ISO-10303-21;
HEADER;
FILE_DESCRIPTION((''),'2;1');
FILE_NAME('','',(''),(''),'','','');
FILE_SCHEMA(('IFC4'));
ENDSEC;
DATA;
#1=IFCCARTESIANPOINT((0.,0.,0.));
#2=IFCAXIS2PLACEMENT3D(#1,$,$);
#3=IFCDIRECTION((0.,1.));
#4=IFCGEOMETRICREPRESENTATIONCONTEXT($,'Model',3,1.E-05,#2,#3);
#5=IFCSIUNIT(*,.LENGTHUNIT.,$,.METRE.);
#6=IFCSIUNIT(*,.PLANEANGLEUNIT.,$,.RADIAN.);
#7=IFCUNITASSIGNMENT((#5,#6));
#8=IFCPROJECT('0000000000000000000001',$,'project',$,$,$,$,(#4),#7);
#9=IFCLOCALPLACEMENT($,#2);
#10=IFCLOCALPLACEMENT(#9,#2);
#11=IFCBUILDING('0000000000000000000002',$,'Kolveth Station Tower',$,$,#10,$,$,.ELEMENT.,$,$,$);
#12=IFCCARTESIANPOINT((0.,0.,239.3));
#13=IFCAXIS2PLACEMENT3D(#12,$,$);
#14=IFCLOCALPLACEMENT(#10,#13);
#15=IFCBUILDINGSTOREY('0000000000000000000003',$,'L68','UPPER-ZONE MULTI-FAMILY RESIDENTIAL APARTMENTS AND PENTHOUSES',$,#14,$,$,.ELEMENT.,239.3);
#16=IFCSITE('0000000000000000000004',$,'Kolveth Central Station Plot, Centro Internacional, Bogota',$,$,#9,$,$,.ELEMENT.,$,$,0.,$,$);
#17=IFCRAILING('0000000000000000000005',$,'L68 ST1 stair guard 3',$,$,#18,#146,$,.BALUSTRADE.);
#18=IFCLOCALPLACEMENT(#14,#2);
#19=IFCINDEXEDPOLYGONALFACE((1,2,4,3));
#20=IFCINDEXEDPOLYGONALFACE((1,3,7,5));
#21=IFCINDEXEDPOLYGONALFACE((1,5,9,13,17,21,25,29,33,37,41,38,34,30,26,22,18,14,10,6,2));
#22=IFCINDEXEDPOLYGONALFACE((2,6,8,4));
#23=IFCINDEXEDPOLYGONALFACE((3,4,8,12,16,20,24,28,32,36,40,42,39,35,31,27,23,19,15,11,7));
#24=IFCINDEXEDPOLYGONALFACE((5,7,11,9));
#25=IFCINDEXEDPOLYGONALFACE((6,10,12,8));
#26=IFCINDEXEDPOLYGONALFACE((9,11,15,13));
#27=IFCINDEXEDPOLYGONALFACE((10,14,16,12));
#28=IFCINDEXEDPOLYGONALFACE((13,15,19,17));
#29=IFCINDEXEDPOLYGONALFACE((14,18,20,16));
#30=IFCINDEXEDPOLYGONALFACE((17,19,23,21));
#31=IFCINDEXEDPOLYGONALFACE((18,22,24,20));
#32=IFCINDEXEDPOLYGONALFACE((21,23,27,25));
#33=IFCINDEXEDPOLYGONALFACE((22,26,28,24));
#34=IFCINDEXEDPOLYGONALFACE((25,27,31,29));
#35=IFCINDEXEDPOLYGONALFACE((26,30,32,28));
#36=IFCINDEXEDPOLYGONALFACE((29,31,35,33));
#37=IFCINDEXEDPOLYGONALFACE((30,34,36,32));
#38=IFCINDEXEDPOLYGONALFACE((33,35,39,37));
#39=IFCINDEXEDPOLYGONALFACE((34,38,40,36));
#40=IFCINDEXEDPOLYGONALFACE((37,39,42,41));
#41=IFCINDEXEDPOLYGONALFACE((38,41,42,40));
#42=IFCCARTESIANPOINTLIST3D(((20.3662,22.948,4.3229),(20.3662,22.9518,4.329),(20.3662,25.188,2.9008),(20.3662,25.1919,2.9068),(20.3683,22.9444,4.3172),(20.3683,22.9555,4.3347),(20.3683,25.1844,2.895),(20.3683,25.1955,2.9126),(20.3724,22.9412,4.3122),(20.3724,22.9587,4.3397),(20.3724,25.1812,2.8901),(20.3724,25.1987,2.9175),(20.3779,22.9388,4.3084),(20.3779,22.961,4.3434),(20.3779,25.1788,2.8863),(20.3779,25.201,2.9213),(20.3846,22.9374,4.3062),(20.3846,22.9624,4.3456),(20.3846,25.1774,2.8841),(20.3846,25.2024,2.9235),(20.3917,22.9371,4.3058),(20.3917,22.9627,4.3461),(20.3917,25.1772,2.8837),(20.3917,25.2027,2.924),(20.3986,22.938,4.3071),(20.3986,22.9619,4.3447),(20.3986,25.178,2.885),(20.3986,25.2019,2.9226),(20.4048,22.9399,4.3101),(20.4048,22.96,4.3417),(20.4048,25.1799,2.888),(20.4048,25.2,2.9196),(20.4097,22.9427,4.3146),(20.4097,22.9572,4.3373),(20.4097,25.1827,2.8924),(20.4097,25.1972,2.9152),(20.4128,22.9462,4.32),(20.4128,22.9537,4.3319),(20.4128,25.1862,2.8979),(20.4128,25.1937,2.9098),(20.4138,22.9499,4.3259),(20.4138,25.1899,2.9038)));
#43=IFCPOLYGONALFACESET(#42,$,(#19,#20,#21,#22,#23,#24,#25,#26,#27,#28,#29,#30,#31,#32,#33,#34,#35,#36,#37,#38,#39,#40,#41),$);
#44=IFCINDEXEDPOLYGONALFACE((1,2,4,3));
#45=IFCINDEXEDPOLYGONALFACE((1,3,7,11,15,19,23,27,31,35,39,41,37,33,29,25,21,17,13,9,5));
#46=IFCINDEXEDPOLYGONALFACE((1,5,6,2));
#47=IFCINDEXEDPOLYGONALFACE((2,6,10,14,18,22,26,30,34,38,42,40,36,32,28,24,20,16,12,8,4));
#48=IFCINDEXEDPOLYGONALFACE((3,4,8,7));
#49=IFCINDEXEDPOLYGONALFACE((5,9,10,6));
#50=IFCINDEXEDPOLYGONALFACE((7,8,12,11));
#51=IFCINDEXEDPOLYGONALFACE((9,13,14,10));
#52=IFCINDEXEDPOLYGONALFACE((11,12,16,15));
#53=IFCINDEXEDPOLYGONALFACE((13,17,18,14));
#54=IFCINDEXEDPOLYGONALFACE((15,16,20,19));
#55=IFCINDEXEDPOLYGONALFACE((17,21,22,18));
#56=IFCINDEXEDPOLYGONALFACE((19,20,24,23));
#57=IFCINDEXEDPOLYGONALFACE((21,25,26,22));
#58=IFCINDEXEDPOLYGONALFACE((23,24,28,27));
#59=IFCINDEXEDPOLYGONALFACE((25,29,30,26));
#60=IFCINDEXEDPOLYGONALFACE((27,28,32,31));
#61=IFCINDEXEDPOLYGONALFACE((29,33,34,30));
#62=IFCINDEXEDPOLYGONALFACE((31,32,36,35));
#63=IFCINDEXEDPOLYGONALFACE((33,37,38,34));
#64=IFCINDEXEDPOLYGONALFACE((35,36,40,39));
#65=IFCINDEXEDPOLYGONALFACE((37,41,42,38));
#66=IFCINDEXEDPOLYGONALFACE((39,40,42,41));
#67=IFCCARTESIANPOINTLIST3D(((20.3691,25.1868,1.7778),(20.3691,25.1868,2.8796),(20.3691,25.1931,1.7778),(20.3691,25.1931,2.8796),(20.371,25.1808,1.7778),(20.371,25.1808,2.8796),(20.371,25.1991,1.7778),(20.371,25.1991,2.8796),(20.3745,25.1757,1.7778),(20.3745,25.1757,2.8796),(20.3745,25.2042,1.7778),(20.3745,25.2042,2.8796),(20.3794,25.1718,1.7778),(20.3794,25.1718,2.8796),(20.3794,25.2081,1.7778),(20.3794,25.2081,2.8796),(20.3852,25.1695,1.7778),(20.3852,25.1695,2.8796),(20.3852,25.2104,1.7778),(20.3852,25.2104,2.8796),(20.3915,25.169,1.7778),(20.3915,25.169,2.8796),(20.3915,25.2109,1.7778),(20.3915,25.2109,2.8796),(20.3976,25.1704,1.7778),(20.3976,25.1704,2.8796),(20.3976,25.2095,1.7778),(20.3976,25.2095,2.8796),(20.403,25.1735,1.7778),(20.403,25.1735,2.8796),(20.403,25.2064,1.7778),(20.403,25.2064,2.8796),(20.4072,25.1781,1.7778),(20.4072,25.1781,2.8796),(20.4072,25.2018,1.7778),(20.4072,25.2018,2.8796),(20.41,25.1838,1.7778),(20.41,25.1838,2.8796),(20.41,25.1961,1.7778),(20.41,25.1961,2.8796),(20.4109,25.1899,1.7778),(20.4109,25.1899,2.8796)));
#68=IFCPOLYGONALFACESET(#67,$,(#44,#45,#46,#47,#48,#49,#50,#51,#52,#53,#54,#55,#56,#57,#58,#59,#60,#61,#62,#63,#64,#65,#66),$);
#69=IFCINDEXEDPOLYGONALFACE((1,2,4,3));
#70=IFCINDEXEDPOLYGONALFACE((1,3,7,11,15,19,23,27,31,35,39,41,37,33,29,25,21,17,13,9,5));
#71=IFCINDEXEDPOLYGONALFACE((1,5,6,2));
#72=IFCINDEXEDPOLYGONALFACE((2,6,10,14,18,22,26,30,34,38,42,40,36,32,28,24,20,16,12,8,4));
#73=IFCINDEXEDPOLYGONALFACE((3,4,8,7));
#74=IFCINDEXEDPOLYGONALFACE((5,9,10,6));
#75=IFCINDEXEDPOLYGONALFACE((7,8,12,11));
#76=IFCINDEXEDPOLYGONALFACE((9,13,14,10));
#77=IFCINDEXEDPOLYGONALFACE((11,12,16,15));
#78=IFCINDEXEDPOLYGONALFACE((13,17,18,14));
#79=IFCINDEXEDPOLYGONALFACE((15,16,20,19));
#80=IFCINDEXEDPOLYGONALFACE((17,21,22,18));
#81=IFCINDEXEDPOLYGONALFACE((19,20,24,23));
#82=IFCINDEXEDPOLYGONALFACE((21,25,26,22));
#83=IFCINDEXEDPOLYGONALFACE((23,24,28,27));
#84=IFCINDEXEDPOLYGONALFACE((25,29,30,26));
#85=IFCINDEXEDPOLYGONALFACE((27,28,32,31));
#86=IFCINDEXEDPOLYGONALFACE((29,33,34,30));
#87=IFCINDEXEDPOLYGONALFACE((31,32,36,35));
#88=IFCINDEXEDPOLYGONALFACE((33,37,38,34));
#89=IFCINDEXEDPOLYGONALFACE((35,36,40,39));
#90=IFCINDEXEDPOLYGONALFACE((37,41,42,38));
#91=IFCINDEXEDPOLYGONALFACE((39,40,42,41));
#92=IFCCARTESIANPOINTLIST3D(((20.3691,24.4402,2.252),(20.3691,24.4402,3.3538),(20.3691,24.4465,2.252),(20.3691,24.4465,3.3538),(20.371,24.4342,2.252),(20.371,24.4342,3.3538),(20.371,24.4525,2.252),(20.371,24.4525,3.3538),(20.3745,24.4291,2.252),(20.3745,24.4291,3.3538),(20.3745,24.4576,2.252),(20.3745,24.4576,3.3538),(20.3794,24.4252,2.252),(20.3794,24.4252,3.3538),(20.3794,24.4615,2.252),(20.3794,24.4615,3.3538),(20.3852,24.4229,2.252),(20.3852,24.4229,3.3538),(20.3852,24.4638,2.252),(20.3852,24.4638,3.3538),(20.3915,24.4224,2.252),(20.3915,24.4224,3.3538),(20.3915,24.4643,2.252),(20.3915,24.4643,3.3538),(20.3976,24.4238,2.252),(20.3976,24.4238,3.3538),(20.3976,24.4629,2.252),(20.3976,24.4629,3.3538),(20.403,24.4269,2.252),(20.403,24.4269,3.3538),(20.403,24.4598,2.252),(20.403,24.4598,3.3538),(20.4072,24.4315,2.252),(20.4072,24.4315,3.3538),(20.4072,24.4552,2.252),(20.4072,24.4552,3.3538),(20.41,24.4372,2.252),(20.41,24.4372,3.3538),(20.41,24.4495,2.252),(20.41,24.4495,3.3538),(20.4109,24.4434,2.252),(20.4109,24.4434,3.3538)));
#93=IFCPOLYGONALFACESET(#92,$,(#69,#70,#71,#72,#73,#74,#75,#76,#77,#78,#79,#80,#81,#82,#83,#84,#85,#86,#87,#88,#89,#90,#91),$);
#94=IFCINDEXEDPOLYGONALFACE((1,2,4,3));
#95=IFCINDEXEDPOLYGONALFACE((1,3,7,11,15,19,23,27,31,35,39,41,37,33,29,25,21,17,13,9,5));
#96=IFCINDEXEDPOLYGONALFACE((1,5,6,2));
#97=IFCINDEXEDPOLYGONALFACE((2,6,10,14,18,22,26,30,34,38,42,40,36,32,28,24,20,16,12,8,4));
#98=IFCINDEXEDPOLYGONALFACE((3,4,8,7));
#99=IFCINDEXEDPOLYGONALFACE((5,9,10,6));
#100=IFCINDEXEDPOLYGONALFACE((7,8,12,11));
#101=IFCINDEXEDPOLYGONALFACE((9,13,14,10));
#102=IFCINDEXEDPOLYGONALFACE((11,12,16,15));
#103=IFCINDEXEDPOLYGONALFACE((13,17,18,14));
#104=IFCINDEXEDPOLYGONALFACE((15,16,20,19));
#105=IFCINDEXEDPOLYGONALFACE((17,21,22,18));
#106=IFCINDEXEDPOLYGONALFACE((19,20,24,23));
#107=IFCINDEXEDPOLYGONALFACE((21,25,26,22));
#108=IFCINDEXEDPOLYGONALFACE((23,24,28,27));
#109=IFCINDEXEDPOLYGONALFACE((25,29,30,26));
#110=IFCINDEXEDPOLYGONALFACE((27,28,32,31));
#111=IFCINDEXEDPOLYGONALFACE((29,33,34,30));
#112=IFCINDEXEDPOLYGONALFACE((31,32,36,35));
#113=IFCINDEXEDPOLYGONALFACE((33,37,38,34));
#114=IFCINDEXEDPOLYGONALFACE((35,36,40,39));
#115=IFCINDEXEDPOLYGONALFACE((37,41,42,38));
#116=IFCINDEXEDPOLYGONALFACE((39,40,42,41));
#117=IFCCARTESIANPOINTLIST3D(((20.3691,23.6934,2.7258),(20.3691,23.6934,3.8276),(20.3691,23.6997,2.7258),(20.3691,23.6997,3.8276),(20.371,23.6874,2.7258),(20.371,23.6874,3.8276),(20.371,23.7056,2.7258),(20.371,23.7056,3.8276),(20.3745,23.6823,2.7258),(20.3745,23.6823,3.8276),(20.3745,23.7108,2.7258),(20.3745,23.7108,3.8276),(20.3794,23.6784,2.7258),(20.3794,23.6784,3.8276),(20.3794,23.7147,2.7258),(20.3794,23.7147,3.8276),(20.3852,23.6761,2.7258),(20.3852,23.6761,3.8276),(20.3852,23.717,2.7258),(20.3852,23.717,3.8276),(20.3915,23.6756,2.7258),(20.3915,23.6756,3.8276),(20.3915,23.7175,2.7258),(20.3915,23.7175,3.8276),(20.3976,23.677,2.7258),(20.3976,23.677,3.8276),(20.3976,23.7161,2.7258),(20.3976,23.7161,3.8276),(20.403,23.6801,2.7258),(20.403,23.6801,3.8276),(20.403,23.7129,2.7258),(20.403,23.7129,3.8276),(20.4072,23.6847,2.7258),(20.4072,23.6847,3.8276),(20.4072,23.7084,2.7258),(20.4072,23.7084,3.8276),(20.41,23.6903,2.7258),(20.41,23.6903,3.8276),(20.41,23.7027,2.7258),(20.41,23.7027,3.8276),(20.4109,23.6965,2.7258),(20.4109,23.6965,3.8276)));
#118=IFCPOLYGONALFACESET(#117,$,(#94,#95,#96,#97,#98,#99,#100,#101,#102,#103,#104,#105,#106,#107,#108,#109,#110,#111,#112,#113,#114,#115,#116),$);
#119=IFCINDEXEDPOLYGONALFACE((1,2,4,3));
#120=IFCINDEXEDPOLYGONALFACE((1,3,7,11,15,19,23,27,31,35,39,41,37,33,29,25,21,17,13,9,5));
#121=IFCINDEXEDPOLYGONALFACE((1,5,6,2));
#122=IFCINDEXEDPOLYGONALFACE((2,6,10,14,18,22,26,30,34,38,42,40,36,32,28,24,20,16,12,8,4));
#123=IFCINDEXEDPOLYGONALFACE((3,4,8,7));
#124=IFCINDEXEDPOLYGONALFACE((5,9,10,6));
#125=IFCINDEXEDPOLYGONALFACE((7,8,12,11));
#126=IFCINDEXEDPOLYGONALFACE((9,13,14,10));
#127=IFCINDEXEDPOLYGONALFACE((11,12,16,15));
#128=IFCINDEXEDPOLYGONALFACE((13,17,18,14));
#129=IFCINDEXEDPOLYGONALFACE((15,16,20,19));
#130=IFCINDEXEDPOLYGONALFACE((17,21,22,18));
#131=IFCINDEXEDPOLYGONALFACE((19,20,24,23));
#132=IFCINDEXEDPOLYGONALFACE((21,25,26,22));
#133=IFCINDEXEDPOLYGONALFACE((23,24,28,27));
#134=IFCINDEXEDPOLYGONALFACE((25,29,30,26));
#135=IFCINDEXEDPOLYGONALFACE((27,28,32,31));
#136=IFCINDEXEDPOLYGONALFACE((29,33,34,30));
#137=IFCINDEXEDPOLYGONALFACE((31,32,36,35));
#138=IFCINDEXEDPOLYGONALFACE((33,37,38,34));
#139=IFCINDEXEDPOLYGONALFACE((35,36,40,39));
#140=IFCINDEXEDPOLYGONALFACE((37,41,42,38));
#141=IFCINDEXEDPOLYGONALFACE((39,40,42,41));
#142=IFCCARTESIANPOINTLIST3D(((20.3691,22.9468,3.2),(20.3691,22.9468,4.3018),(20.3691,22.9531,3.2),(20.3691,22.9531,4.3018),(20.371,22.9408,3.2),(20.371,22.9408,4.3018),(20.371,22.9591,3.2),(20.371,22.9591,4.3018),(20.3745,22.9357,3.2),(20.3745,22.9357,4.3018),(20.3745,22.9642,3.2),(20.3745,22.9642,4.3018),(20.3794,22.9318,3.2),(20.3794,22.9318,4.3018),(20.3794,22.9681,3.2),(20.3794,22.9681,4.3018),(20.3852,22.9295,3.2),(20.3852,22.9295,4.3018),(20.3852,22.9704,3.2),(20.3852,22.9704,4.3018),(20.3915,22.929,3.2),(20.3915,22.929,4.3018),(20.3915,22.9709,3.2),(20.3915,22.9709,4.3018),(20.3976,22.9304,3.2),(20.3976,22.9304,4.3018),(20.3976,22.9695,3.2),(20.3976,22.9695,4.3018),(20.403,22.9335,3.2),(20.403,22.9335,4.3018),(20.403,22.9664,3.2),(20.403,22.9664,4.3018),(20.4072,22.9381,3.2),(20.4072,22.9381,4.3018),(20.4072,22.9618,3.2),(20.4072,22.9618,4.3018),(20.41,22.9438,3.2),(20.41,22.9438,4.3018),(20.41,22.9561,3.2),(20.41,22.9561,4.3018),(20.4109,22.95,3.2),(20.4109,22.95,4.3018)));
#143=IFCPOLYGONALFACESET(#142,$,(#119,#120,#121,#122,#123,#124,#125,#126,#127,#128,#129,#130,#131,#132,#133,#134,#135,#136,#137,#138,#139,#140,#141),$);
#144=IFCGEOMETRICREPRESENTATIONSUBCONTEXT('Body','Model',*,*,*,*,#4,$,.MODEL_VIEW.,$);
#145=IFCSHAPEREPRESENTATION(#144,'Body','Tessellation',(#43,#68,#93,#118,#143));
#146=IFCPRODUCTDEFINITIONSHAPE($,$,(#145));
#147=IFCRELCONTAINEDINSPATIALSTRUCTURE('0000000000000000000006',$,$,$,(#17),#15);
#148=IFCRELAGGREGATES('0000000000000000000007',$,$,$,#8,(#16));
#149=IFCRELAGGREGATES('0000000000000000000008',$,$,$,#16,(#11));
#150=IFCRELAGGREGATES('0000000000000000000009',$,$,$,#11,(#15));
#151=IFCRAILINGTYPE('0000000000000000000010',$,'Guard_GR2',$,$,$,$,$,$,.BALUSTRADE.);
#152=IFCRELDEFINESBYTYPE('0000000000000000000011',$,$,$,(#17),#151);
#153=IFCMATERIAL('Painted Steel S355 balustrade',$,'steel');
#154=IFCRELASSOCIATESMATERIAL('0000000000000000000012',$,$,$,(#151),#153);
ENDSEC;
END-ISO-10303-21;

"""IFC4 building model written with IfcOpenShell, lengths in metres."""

from ifc_helpers import new_model, si_unit, direction, frame, origin, origin_2d, place, context, subcontext, project, spatial, circle, extrude, material, type_object, element, save


model = new_model("IFC4")

# Units and contexts
model_context = context("Model", 3, precision=1e-05, world=origin(), true_north=direction((0.0, 1.0)))
body_context = subcontext(model_context, "Body", "Model", "MODEL_VIEW")
ifc_project = project(units=[si_unit("LENGTHUNIT", "METRE"), si_unit("PLANEANGLEUNIT", "RADIAN")], contexts=[model_context])

# Site, building, storey
site_placement = place(None, origin())
site = spatial("IfcSite", under=ifc_project, at=site_placement, Name="Kolveth Central Station Plot, Centro Internacional, Bogota", CompositionType="ELEMENT", RefElevation=0.0)
building_placement = place(site_placement, origin())
building = spatial("IfcBuilding", under=site, at=building_placement, Name="Kolveth Station Tower", CompositionType="ELEMENT")
storey_placement = place(building_placement, frame((0.0, 0.0, 239.3)))
storey = spatial("IfcBuildingStorey", under=building, at=storey_placement, Name="L68", Description="UPPER-ZONE MULTI-FAMILY RESIDENTIAL APARTMENTS AND PENTHOUSES", CompositionType="ELEMENT", Elevation=239.3)

# Railing
ifc_material_1 = material(Name="Painted Steel S355 balustrade", Category="steel")
railing_type_1 = type_object("IfcRailingType", Name="Guard_GR2", PredefinedType="BALUSTRADE", material=ifc_material_1)
railing_1_placement = place(storey_placement, frame((20.3899, 25.1899, 1.7778)))
element("IfcRailing", 1, at=railing_1_placement, inside=storey, type_object=railing_type_1, Name="L68 ST1 stair guard 3", PredefinedType="BALUSTRADE", context=body_context, shape_type="SweptSolid", body=[
    extrude(circle(Radius=0.0239, at=origin_2d()), frame((0.0, 0.0, 1.126), z_axis=(0.0, -0.844229, 0.535982), x_axis=(1.0, 0.0, 0.0)), (0.0, 0.0, 1.0), 2.6533),
    extrude(circle(Radius=0.021, at=origin_2d()), origin(), (0.0, 0.0, 1.0), 1.1018),
    extrude(circle(Radius=0.021, at=origin_2d()), frame((0.0, -0.7466, 0.4741)), (0.0, 0.0, 1.0), 1.1018),
    extrude(circle(Radius=0.021, at=origin_2d()), frame((0.0, -1.4934, 0.948)), (0.0, 0.0, 1.0), 1.1018),
    extrude(circle(Radius=0.021, at=origin_2d()), frame((0.0, -2.24, 1.4221)), (0.0, 0.0, 1.0), 1.1018),
])

save(model, "model.ifc")
